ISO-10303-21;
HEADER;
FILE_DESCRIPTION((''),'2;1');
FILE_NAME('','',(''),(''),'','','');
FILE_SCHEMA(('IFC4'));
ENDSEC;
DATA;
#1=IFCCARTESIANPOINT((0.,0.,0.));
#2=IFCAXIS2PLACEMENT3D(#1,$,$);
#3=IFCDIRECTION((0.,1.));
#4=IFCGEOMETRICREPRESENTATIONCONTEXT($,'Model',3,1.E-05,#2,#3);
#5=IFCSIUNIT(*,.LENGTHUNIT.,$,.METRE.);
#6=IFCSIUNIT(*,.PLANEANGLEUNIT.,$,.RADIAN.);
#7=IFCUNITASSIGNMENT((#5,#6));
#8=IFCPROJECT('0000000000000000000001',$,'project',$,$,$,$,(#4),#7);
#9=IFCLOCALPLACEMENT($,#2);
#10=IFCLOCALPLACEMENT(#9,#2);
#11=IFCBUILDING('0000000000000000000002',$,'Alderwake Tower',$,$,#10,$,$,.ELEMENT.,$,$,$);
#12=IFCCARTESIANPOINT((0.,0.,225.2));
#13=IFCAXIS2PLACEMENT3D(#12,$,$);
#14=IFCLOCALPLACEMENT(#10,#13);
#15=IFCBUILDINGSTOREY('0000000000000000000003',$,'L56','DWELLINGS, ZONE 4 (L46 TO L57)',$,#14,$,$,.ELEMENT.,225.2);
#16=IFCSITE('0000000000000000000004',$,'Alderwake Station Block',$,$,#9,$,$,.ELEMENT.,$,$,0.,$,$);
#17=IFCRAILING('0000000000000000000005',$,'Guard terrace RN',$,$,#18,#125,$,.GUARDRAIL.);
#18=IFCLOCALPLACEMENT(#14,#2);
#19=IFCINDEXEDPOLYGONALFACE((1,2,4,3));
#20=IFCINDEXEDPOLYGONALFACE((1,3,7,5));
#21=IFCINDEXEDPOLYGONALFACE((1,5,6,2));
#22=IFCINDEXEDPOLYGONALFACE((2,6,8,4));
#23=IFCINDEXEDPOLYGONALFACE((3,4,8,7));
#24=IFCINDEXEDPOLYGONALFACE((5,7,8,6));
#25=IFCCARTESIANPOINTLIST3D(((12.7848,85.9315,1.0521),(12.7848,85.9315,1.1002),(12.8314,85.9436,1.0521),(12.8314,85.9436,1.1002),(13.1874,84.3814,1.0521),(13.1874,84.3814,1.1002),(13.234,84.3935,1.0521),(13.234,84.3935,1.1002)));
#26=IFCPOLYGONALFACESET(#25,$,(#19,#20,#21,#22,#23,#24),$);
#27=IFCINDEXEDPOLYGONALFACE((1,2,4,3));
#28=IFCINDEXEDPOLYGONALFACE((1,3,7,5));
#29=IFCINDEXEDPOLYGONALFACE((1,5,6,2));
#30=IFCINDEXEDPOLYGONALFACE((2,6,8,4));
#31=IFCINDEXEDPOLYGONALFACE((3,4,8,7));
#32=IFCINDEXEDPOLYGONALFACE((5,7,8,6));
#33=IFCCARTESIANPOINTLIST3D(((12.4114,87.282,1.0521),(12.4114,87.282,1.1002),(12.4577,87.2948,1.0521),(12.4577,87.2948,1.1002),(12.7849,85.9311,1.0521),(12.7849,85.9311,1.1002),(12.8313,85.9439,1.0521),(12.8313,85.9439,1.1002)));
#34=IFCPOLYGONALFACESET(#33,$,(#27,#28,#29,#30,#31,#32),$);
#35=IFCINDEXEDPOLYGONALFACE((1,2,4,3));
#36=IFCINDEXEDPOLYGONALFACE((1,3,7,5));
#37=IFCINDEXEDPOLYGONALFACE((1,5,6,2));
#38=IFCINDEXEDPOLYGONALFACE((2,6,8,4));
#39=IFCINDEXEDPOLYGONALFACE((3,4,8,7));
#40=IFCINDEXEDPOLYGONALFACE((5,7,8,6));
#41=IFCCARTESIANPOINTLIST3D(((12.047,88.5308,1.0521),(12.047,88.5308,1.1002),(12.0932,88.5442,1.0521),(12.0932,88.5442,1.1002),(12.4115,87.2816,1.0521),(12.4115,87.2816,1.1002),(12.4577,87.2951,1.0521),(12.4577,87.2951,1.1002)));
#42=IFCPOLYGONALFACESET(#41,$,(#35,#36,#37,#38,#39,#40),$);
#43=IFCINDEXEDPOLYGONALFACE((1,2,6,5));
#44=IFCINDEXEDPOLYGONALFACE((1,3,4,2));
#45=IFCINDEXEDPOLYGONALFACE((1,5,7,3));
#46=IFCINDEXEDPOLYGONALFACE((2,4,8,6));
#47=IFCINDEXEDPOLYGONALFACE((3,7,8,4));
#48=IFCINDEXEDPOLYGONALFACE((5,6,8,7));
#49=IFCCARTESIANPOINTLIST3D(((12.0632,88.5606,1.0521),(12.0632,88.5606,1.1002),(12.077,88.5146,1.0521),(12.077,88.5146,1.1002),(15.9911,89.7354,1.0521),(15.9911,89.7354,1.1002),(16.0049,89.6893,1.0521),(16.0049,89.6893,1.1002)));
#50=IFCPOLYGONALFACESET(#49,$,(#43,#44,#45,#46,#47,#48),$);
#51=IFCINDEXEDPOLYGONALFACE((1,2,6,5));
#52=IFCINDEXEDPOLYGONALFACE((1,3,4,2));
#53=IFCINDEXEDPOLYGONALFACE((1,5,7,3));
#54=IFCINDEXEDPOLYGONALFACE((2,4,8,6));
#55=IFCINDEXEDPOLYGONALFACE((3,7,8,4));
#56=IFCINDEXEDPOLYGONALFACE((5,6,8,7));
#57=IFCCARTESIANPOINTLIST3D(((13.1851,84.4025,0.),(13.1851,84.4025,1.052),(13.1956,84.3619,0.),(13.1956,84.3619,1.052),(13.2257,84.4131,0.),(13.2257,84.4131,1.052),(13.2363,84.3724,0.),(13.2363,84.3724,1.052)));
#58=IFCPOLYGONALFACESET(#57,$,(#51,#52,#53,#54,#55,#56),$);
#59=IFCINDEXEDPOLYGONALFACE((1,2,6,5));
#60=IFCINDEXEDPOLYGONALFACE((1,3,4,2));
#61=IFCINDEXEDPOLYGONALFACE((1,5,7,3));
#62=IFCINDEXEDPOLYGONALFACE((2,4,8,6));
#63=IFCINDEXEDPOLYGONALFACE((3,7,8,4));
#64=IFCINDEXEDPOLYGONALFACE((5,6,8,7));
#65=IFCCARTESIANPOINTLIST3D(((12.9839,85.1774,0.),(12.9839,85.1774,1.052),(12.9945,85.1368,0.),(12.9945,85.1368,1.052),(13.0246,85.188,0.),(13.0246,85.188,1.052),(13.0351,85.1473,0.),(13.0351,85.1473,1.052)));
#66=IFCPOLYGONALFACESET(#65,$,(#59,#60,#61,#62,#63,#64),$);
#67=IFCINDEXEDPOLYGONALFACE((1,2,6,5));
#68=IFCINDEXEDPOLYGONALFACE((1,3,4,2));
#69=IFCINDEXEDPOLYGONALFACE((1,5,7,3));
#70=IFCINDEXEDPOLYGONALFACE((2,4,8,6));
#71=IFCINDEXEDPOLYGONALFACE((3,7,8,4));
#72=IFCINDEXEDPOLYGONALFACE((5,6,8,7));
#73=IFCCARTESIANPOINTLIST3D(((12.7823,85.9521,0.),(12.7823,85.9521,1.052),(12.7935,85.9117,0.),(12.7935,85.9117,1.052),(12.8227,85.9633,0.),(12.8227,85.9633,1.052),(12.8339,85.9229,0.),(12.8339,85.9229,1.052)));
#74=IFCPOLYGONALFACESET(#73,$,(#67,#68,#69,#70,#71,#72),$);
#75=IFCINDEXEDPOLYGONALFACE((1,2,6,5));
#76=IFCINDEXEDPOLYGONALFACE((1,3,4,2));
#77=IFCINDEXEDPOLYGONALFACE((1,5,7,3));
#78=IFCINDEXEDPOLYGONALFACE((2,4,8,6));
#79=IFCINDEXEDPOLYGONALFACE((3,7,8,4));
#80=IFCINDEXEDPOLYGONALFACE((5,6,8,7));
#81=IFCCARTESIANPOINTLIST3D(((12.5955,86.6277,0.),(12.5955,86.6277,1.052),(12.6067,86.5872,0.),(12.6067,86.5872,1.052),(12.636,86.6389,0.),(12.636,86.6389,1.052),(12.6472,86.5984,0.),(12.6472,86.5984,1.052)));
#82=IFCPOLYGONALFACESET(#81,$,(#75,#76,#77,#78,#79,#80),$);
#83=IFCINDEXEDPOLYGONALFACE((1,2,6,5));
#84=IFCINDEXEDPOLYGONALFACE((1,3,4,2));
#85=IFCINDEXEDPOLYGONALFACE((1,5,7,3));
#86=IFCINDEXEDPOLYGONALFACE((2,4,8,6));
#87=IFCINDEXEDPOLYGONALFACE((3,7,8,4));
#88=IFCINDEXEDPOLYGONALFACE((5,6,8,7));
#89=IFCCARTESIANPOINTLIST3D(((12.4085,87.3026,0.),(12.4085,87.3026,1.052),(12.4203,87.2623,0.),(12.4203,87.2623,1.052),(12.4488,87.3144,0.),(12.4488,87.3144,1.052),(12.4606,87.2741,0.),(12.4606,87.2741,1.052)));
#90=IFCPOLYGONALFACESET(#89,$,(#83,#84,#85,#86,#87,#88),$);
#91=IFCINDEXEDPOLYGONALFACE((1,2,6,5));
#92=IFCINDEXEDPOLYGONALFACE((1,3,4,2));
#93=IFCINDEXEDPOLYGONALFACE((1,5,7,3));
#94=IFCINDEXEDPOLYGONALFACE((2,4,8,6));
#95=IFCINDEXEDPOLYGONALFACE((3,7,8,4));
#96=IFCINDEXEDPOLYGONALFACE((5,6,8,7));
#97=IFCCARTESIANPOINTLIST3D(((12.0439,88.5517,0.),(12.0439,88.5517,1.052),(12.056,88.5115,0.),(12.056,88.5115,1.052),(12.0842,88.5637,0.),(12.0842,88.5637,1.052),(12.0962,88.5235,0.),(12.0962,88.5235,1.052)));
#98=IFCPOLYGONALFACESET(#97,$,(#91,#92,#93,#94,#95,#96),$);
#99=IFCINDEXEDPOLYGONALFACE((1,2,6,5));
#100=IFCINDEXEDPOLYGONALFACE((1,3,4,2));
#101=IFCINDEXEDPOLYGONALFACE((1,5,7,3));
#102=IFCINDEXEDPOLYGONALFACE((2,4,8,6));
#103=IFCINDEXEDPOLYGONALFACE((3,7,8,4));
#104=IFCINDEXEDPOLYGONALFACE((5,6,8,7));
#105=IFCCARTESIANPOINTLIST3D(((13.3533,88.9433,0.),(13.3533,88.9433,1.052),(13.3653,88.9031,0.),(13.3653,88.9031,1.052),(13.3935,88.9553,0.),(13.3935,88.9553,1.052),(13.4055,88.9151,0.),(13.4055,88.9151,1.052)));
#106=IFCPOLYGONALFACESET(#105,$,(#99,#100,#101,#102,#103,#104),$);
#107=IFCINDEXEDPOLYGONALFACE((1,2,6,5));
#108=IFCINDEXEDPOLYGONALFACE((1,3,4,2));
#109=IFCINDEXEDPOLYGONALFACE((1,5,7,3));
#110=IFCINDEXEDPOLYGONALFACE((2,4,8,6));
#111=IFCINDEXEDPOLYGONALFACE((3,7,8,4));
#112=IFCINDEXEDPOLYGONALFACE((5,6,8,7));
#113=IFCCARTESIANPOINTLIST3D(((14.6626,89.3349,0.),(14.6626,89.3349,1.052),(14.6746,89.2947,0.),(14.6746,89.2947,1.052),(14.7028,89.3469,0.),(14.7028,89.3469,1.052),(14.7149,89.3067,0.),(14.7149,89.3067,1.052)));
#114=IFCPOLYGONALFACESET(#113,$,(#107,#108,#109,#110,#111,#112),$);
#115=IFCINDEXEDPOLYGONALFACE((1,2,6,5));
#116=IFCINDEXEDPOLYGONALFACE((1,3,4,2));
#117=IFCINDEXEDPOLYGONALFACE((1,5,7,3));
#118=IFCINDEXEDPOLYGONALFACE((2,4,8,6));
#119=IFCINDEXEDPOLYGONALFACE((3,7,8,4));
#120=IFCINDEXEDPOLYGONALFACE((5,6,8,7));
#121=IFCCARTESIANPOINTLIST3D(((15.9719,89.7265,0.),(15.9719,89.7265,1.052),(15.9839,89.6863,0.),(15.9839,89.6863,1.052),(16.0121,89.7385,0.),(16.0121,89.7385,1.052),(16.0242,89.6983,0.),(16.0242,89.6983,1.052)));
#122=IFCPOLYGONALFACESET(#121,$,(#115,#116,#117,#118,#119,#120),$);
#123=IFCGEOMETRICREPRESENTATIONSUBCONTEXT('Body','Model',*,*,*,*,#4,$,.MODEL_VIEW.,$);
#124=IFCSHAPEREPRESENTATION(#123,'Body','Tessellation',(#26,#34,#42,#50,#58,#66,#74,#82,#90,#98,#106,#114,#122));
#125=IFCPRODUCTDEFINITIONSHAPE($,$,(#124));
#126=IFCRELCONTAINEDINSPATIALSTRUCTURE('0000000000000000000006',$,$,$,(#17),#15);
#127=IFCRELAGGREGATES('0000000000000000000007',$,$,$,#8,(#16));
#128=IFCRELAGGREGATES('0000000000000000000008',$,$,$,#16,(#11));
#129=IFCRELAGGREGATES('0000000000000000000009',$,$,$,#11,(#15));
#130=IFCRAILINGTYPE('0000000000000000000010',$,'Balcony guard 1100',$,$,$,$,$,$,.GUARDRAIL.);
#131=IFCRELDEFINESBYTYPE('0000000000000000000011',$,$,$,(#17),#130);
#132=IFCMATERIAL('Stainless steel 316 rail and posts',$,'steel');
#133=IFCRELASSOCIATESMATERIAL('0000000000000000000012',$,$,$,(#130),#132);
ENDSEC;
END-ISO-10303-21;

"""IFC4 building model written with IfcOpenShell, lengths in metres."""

from ifc_helpers import new_model, si_unit, direction, frame, origin, origin_2d, place, context, subcontext, project, spatial, rectangle, extrude, material, type_object, element, save


model = new_model("IFC4")

# Units and contexts
model_context = context("Model", 3, precision=1e-05, world=origin(), true_north=direction((0.0, 1.0)))
body_context = subcontext(model_context, "Body", "Model", "MODEL_VIEW")
ifc_project = project(units=[si_unit("LENGTHUNIT", "METRE"), si_unit("PLANEANGLEUNIT", "RADIAN")], contexts=[model_context])

# Site, building, storey
site_placement = place(None, origin())
site = spatial("IfcSite", under=ifc_project, at=site_placement, Name="Alderwake Station Block", CompositionType="ELEMENT", RefElevation=0.0)
building_placement = place(site_placement, origin())
building = spatial("IfcBuilding", under=site, at=building_placement, Name="Alderwake Tower", CompositionType="ELEMENT")
storey_placement = place(building_placement, frame((0.0, 0.0, 225.2)))
storey = spatial("IfcBuildingStorey", under=building, at=storey_placement, Name="L56", Description="DWELLINGS, ZONE 4 (L46 TO L57)", CompositionType="ELEMENT", Elevation=225.2)

# Railing
ifc_material_1 = material(Name="Stainless steel 316 rail and posts", Category="steel")
railing_type = type_object("IfcRailingType", Name="Balcony guard 1100", PredefinedType="GUARDRAIL", material=ifc_material_1)
railing_placement = place(storey_placement, frame((13.2107, 84.3875, 0.0)))
element("IfcRailing", 1, at=railing_placement, inside=storey, type_object=railing_type, Name="Guard terrace RN", PredefinedType="GUARDRAIL", context=body_context, shape_type="SweptSolid", body=[
    extrude(rectangle(XDim=0.0481, YDim=0.0481, at=origin_2d()), frame((0.0, 0.0, 1.0762), z_axis=(-0.251385, 0.967887, 0.0), x_axis=(-0.967887, -0.251385, 0.0)), (0.0, 0.0, 1.0), 1.6016),
    extrude(rectangle(XDim=0.0481, YDim=0.0481, at=origin_2d()), frame((-0.4026, 1.55, 1.0762), z_axis=(-0.266521, 0.963829, 0.0), x_axis=(-0.963829, -0.266521, 0.0)), (0.0, 0.0, 1.0), 1.4016),
    extrude(rectangle(XDim=0.0481, YDim=0.0481, at=origin_2d()), frame((-0.7761, 2.9009, 1.0762), z_axis=(-0.280094, 0.959973, 0.0), x_axis=(-0.959973, -0.280094, 0.0)), (0.0, 0.0, 1.0), 1.3013),
    extrude(rectangle(XDim=0.0481, YDim=0.0481, at=origin_2d()), frame((-1.1406, 4.1501, 1.0762), z_axis=(0.958067, 0.286545, 0.0), x_axis=(-0.286545, 0.958067, 0.0)), (0.0, 0.0, 1.0), 4.0999),
    extrude(rectangle(XDim=0.042, YDim=0.042, at=origin_2d()), frame((0.0, 0.0, 0.0), z_axis=(0.0, 0.0, 1.0), x_axis=(-0.251385, 0.967887, 0.0)), (0.0, 0.0, 1.0), 1.052),
    extrude(rectangle(XDim=0.042, YDim=0.042, at=origin_2d()), frame((-0.2012, 0.7749, 0.0), z_axis=(0.0, 0.0, 1.0), x_axis=(-0.251385, 0.967887, 0.0)), (0.0, 0.0, 1.0), 1.052),
    extrude(rectangle(XDim=0.042, YDim=0.042, at=origin_2d()), frame((-0.4026, 1.55, 0.0), z_axis=(0.0, 0.0, 1.0), x_axis=(-0.266521, 0.963829, 0.0)), (0.0, 0.0, 1.0), 1.052),
    extrude(rectangle(XDim=0.042, YDim=0.042, at=origin_2d()), frame((-0.5894, 2.2256, 0.0), z_axis=(0.0, 0.0, 1.0), x_axis=(-0.266521, 0.963829, 0.0)), (0.0, 0.0, 1.0), 1.052),
    extrude(rectangle(XDim=0.042, YDim=0.042, at=origin_2d()), frame((-0.7761, 2.9009, 0.0), z_axis=(0.0, 0.0, 1.0), x_axis=(-0.280094, 0.959973, 0.0)), (0.0, 0.0, 1.0), 1.052),
    extrude(rectangle(XDim=0.042, YDim=0.042, at=origin_2d()), frame((-1.1406, 4.1501, 0.0), z_axis=(0.0, 0.0, 1.0), x_axis=(0.958067, 0.286545, 0.0)), (0.0, 0.0, 1.0), 1.052),
    extrude(rectangle(XDim=0.042, YDim=0.042, at=origin_2d()), frame((0.1687, 4.5417, 0.0), z_axis=(0.0, 0.0, 1.0), x_axis=(0.958067, 0.286545, 0.0)), (0.0, 0.0, 1.0), 1.052),
    extrude(rectangle(XDim=0.042, YDim=0.042, at=origin_2d()), frame((1.478, 4.9333, 0.0), z_axis=(0.0, 0.0, 1.0), x_axis=(0.958067, 0.286545, 0.0)), (0.0, 0.0, 1.0), 1.052),
    extrude(rectangle(XDim=0.042, YDim=0.042, at=origin_2d()), frame((2.7874, 5.325, 0.0), z_axis=(0.0, 0.0, 1.0), x_axis=(0.958067, 0.286545, 0.0)), (0.0, 0.0, 1.0), 1.052),
])

save(model, "model.ifc")
